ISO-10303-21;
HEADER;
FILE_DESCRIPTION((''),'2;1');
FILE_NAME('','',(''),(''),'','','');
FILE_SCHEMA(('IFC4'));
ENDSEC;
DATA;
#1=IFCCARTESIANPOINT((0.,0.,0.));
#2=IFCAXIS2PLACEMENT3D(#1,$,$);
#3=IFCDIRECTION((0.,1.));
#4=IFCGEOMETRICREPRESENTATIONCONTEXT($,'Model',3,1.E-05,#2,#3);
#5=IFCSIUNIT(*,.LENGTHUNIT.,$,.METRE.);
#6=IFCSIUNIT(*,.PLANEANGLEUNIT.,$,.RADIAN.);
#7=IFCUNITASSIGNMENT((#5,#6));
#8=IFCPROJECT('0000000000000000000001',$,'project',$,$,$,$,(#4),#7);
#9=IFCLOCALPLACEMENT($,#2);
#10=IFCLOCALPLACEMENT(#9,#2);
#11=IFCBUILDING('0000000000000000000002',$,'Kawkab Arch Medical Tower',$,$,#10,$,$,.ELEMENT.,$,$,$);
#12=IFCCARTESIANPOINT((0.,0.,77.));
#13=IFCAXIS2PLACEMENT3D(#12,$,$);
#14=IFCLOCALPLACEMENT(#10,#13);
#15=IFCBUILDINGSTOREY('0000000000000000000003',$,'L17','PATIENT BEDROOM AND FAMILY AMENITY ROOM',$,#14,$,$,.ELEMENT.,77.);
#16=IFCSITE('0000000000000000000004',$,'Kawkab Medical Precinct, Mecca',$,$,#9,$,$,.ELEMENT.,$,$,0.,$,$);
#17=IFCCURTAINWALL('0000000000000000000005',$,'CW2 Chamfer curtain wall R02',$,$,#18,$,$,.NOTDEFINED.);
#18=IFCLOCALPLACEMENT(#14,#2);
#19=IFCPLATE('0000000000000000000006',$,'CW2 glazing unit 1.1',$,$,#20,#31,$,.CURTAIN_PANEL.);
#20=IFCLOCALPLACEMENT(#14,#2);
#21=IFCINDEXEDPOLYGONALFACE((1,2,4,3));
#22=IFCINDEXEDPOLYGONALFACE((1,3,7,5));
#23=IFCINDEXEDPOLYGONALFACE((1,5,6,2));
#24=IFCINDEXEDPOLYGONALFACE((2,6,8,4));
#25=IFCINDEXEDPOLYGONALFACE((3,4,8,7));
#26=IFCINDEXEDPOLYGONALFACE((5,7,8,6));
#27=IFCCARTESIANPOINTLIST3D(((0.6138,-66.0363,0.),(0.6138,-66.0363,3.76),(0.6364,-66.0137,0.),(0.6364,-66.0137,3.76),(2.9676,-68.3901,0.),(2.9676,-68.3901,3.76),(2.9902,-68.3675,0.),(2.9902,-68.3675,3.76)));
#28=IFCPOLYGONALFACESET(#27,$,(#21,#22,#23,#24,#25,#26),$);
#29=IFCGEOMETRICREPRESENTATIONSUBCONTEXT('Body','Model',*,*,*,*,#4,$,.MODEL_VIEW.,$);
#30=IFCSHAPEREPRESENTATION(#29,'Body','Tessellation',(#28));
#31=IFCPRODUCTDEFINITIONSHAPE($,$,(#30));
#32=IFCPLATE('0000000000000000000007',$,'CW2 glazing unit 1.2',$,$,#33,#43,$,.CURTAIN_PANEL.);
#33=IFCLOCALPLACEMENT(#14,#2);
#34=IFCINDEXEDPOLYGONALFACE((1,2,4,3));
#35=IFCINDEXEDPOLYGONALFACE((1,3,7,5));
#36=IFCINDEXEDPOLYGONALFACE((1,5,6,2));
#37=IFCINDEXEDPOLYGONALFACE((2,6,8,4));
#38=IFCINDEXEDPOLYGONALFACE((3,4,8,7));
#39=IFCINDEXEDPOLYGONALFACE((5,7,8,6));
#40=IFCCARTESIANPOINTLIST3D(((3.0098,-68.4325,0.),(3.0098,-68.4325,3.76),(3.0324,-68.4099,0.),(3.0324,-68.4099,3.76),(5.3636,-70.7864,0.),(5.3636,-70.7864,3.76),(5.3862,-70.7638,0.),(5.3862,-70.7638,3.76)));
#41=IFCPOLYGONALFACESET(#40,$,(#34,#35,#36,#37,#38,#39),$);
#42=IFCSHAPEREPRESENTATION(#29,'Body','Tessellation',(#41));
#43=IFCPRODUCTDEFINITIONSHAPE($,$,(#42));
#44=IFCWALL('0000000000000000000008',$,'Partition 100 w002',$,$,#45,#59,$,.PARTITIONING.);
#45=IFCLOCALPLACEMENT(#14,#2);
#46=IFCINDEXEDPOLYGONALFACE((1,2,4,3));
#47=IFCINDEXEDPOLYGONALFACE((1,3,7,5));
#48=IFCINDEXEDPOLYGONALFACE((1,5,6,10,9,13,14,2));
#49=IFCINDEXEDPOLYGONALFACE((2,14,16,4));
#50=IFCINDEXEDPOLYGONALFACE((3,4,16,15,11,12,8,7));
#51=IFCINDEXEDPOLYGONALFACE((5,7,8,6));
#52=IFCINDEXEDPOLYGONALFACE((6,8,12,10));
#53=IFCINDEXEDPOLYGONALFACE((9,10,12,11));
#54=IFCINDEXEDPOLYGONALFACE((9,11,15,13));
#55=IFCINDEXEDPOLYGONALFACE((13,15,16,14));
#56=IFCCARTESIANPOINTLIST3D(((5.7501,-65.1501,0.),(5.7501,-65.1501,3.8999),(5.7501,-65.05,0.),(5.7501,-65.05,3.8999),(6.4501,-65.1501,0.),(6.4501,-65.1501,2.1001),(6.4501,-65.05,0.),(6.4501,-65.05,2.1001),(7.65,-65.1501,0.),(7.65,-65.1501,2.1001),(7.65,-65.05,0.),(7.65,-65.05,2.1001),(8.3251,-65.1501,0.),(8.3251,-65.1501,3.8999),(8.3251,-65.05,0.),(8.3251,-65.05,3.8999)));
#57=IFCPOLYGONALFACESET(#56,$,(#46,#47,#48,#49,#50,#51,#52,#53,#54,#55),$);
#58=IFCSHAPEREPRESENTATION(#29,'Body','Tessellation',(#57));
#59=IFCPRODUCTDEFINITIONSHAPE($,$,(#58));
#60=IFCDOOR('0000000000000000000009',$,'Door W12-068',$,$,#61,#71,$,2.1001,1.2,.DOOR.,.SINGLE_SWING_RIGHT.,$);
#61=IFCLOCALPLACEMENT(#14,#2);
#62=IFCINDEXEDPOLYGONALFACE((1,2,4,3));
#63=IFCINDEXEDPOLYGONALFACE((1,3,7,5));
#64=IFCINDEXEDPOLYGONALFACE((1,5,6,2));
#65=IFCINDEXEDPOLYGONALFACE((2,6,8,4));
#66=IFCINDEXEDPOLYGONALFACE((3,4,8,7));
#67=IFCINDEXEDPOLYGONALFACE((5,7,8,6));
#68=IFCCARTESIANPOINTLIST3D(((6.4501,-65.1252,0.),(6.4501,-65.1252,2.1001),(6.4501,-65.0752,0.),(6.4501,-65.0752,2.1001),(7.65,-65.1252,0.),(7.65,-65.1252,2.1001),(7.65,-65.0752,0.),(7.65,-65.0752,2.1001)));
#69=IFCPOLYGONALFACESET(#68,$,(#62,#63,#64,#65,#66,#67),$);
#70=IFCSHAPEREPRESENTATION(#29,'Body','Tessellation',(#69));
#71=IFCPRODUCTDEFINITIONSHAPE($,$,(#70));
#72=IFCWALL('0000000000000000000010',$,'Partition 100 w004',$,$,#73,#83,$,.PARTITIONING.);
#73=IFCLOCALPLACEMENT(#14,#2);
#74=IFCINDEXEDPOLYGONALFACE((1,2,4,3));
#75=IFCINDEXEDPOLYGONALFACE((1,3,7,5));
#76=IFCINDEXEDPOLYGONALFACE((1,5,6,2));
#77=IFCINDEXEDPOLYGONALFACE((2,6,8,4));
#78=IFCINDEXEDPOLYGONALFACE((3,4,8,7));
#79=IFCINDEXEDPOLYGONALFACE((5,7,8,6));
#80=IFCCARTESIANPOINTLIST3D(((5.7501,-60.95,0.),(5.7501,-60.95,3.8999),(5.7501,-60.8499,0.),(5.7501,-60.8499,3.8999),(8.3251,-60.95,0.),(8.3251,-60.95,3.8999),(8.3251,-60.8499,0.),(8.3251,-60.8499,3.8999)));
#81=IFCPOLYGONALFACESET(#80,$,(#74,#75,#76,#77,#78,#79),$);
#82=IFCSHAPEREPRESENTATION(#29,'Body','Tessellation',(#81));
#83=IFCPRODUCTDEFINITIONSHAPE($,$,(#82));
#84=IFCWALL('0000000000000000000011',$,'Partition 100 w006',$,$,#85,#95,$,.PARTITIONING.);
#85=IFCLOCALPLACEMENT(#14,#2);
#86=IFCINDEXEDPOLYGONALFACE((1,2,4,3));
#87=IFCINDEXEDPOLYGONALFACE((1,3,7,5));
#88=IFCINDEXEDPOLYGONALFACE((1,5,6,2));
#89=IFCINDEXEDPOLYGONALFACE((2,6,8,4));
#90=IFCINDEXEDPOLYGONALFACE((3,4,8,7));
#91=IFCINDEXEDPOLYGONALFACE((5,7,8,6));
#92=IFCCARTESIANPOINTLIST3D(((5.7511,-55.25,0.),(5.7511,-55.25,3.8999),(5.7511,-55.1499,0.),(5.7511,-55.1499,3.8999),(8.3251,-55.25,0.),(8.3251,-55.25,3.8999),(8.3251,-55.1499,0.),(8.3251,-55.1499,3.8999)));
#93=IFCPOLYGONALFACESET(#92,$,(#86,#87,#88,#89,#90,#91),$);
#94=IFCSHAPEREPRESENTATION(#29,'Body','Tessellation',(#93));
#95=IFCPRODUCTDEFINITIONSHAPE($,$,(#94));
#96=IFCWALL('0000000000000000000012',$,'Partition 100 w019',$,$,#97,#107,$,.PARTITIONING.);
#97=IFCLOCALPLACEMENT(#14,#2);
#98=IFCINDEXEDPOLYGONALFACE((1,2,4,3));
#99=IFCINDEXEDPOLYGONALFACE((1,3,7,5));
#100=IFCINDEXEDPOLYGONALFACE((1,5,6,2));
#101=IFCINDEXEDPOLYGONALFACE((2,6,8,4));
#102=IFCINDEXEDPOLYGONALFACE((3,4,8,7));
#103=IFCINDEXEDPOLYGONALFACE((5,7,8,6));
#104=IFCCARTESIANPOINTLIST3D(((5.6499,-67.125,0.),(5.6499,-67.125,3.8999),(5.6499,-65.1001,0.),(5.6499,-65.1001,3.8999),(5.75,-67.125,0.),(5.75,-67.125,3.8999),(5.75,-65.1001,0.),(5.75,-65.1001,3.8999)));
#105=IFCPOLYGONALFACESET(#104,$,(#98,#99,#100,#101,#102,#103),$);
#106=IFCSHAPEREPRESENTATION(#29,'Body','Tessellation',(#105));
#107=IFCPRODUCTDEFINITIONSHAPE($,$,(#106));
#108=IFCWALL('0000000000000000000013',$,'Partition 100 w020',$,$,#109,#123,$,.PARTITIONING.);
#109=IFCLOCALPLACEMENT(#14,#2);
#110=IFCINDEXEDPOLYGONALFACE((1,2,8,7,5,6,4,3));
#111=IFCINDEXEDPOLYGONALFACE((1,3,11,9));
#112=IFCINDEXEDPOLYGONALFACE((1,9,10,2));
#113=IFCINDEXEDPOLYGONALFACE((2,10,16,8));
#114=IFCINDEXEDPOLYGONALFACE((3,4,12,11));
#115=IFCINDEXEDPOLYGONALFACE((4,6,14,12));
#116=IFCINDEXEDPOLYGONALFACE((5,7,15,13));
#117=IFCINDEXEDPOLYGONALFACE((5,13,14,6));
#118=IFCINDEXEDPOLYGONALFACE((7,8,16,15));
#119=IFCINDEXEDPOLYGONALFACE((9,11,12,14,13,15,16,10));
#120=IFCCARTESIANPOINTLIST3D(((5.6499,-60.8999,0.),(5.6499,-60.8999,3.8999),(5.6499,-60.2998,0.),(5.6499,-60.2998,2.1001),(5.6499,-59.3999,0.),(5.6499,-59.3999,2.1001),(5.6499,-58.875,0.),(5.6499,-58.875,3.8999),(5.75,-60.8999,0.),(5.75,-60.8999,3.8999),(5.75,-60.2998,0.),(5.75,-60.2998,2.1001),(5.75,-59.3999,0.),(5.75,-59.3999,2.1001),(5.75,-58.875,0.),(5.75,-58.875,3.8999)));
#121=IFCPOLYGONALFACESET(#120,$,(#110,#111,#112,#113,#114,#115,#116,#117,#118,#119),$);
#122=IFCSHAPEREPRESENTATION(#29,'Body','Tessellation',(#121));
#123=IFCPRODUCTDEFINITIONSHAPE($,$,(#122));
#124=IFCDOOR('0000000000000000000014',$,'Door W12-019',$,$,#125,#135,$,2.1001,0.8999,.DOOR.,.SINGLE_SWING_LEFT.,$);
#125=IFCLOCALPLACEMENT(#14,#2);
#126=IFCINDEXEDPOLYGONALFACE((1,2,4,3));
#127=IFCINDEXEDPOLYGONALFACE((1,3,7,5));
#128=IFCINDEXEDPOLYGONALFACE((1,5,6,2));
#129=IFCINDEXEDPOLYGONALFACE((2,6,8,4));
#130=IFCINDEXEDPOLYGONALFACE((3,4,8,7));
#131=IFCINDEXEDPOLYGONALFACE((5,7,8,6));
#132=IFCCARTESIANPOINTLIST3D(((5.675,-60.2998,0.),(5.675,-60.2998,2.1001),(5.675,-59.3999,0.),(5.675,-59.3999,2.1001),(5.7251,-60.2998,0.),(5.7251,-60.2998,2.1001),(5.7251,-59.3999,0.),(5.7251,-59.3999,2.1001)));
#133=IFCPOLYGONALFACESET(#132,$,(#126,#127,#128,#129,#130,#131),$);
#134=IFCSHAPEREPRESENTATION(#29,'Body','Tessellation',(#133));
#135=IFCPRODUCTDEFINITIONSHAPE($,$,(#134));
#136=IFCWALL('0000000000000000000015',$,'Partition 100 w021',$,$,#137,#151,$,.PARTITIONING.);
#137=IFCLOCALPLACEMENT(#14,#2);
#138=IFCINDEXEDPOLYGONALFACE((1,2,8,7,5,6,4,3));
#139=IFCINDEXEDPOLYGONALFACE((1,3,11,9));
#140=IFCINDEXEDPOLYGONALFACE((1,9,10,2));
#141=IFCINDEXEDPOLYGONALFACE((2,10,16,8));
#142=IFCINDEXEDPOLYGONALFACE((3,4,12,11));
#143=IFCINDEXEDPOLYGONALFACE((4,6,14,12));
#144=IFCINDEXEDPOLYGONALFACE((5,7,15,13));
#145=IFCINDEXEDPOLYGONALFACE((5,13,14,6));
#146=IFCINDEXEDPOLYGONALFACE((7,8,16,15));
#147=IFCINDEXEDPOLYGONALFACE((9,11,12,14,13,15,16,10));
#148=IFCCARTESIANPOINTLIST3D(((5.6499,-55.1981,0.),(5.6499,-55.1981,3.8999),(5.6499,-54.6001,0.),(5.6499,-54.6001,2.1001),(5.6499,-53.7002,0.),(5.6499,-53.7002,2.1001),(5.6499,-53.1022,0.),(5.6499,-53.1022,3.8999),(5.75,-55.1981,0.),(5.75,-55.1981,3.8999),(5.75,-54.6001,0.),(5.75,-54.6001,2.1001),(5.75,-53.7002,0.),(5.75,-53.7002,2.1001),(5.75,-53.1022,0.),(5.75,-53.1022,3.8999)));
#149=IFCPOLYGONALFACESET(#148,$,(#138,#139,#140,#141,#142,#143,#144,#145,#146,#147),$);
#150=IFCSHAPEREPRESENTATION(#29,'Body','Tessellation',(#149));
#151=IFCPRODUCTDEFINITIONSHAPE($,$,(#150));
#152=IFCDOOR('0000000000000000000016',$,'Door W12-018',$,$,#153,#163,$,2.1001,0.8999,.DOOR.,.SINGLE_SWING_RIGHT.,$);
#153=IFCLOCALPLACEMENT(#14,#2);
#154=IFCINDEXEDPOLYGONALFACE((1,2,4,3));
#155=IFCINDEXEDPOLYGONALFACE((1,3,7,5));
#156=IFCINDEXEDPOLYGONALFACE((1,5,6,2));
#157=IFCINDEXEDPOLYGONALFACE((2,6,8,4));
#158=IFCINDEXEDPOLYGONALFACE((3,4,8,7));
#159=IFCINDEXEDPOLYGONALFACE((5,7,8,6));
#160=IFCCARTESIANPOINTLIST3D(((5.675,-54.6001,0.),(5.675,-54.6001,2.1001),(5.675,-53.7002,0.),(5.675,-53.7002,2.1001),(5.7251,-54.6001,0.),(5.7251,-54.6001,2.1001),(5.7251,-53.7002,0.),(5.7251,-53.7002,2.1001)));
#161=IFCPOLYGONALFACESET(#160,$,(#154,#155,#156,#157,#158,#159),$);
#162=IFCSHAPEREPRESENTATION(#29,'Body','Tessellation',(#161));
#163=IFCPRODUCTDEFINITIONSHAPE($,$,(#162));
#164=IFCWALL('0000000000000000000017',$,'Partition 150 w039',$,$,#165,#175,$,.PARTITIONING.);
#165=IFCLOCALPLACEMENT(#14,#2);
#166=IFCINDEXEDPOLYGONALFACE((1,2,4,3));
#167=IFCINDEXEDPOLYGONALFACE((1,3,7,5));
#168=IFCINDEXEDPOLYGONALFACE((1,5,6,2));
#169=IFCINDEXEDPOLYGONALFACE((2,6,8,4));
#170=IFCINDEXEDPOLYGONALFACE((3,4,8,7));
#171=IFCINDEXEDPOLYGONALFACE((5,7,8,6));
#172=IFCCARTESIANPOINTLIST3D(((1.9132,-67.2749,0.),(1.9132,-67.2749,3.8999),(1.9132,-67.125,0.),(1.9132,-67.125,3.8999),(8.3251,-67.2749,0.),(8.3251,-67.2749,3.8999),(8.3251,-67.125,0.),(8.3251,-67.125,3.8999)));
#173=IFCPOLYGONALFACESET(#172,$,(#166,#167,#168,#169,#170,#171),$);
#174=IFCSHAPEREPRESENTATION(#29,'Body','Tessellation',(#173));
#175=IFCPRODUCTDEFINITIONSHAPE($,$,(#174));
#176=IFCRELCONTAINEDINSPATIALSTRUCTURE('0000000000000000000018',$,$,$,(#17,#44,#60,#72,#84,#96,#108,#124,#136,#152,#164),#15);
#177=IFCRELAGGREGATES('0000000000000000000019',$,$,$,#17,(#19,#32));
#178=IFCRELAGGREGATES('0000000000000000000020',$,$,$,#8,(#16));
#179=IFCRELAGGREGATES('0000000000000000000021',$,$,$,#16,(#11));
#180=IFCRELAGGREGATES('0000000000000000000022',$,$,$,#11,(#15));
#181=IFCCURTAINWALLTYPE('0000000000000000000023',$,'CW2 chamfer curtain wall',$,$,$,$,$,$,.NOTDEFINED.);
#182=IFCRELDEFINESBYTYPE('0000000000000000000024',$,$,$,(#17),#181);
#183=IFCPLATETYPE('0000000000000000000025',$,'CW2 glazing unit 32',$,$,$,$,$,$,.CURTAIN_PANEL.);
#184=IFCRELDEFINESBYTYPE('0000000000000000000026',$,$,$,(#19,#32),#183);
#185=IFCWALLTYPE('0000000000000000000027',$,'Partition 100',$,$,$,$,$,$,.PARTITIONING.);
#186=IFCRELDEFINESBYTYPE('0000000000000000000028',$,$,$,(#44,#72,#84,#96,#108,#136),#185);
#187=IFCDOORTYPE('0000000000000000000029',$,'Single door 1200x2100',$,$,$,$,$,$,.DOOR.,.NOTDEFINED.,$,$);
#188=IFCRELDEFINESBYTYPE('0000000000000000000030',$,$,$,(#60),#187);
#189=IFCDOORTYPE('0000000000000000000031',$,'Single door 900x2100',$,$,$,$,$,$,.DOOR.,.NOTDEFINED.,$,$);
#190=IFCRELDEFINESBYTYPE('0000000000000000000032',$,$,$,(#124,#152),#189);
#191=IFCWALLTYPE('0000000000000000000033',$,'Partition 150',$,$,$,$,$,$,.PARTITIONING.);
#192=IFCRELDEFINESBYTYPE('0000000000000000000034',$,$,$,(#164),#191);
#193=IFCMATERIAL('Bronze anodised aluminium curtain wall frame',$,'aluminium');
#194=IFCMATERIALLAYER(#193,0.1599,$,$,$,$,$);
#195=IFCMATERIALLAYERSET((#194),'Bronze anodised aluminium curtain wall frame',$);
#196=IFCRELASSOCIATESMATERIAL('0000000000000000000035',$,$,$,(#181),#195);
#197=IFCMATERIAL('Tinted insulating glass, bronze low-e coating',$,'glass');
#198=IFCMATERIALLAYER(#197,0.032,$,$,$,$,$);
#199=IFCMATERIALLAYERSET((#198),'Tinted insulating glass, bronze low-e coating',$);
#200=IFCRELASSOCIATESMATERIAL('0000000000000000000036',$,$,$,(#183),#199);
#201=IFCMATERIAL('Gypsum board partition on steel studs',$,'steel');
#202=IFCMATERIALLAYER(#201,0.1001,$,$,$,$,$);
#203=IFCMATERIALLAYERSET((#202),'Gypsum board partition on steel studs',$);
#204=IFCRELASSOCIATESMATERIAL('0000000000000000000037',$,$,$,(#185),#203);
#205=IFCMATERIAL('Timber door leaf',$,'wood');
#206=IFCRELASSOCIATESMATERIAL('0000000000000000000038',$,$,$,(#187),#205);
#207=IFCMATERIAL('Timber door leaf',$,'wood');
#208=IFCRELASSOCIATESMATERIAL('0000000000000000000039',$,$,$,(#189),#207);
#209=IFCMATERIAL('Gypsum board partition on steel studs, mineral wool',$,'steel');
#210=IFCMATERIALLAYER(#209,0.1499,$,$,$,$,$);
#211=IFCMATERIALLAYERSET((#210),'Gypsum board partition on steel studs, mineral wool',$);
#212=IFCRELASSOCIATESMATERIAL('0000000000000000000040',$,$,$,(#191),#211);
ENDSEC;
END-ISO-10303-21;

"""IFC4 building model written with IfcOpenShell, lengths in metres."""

from ifc_helpers import new_model, si_unit, direction, frame, frame_2d, origin, origin_2d, place, context, subcontext, project, spatial, rectangle, extrude, material, layer, layer_set, type_object, element, fill, aggregate, save


model = new_model("IFC4")

# Units and contexts
model_context = context("Model", 3, precision=1e-05, world=origin(), true_north=direction((0.0, 1.0)))
body_context = subcontext(model_context, "Body", "Model", "MODEL_VIEW")
ifc_project = project(units=[si_unit("LENGTHUNIT", "METRE"), si_unit("PLANEANGLEUNIT", "RADIAN")], contexts=[model_context])

# Site, building, storey
site_placement = place(None, origin())
site = spatial("IfcSite", under=ifc_project, at=site_placement, Name="Kawkab Medical Precinct, Mecca", CompositionType="ELEMENT", RefElevation=0.0)
building_placement = place(site_placement, origin())
building = spatial("IfcBuilding", under=site, at=building_placement, Name="Kawkab Arch Medical Tower", CompositionType="ELEMENT")
storey_placement = place(building_placement, frame((0.0, 0.0, 77.0)))
storey = spatial("IfcBuildingStorey", under=building, at=storey_placement, Name="L17", Description="PATIENT BEDROOM AND FAMILY AMENITY ROOM", CompositionType="ELEMENT", Elevation=77.0)

# Shared definitions
placement = place(storey_placement, origin())

# Curtain wall
ifc_material_1 = material(Name="Bronze anodised aluminium curtain wall frame", Category="aluminium")
ifc_layer_1 = layer(ifc_material_1, 0.1599)
ifc_layer_set_1 = layer_set([ifc_layer_1], Name="Bronze anodised aluminium curtain wall frame")
curtain_wall_type_1 = type_object("IfcCurtainWallType", Name="CW2 chamfer curtain wall", PredefinedType="NOTDEFINED", material=ifc_layer_set_1)
curtain_wall_1 = element("IfcCurtainWall", 1, at=placement, inside=storey, type_object=curtain_wall_type_1, Name="CW2 Chamfer curtain wall R02", PredefinedType="NOTDEFINED")

# Plates
ifc_material_2 = material(Name="Tinted insulating glass, bronze low-e coating", Category="glass")
ifc_layer_2 = layer(ifc_material_2, 0.032)
ifc_layer_set_2 = layer_set([ifc_layer_2], Name="Tinted insulating glass, bronze low-e coating")
plate_type_1 = type_object("IfcPlateType", Name="CW2 glazing unit 32", PredefinedType="CURTAIN_PANEL", material=ifc_layer_set_2)
plate_1_placement = place(storey_placement, frame((1.802, -67.2019, 0.0), z_axis=(0.0, 0.0, 1.0), x_axis=(0.707107, -0.707107, 0.0)))
plate_1 = element("IfcPlate", 2, at=plate_1_placement, type_object=plate_type_1, Name="CW2 glazing unit 1.1", PredefinedType="CURTAIN_PANEL", context=body_context, shape_type="SweptSolid", body=[
    extrude(rectangle(XDim=3.3289, YDim=0.032, at=origin_2d()), origin(), (0.0, 0.0, 1.0), 3.76),
])
plate_2_placement = place(storey_placement, frame((4.198, -69.5981, 0.0), z_axis=(0.0, 0.0, 1.0), x_axis=(0.707107, -0.707107, 0.0)))
plate_2 = element("IfcPlate", 3, at=plate_2_placement, type_object=plate_type_1, Name="CW2 glazing unit 1.2", PredefinedType="CURTAIN_PANEL", context=body_context, shape_type="SweptSolid", body=[
    extrude(rectangle(XDim=3.3289, YDim=0.032, at=origin_2d()), origin(), (0.0, 0.0, 1.0), 3.76),
])
aggregate(curtain_wall_1, [plate_1, plate_2])

# Wall, opening, door
ifc_material_3 = material(Name="Gypsum board partition on steel studs", Category="steel")
ifc_layer_3 = layer(ifc_material_3, 0.1001)
ifc_layer_set_3 = layer_set([ifc_layer_3], Name="Gypsum board partition on steel studs")
wall_type_1 = type_object("IfcWallType", Name="Partition 100", PredefinedType="PARTITIONING", material=ifc_layer_set_3)
wall_1_placement = place(storey_placement, frame((5.75, -65.1001, 0.0), z_axis=(0.0, 0.0, 1.0), x_axis=(1.0, 0.0, 0.0)))
wall_1 = element("IfcWall", 4, at=wall_1_placement, inside=storey, type_object=wall_type_1, Name="Partition 100 w002", PredefinedType="PARTITIONING", context=body_context, shape_type="SweptSolid", body=[
    extrude(rectangle(XDim=2.575, YDim=0.1001, at=frame_2d((1.2876, 0.0))), origin(), (0.0, 0.0, 1.0), 3.8999),
])
opening_1_placement = place(wall_1_placement, frame((0.7, 0.0, 0.0)))
opening_1 = element("IfcOpeningElement", 5, at=opening_1_placement, cuts=wall_1, PredefinedType="OPENING", context=body_context, shape_type="SweptSolid", body=[
    extrude(rectangle(XDim=1.2, YDim=2.1001, at=frame_2d((0.6001, 1.05))), frame((0.0, 0.0601, 0.0), z_axis=(0.0, -1.0, 0.0), x_axis=(1.0, 0.0, 0.0)), (0.0, 0.0, 1.0), 0.1201),
])
ifc_material_4 = material(Name="Timber door leaf", Category="wood")
door_type_1 = type_object("IfcDoorType", Name="Single door 1200x2100", OperationType="NOTDEFINED", PredefinedType="DOOR", material=ifc_material_4)
door_1_placement = place(opening_1_placement, origin())
door_1 = element("IfcDoor", 6, at=door_1_placement, inside=storey, type_object=door_type_1, Name="Door W12-068", OperationType="SINGLE_SWING_RIGHT", OverallHeight=2.1001, OverallWidth=1.2, PredefinedType="DOOR", context=body_context, shape_type="SweptSolid", body=[
    extrude(rectangle(XDim=1.2, YDim=2.1001, at=frame_2d((0.6001, 1.05))), frame((0.0, 0.0249, 0.0), z_axis=(0.0, -1.0, 0.0), x_axis=(1.0, 0.0, 0.0)), (0.0, 0.0, 1.0), 0.05),
])
fill(opening_1, door_1)

# Walls
wall_2_placement = place(storey_placement, frame((5.75, -60.8999, 0.0), z_axis=(0.0, 0.0, 1.0), x_axis=(1.0, 0.0, 0.0)))
element("IfcWall", 7, at=wall_2_placement, inside=storey, type_object=wall_type_1, Name="Partition 100 w004", PredefinedType="PARTITIONING", context=body_context, shape_type="SweptSolid", body=[
    extrude(rectangle(XDim=2.575, YDim=0.1001, at=frame_2d((1.2876, 0.0))), origin(), (0.0, 0.0, 1.0), 3.8999),
])
wall_3_placement = place(storey_placement, frame((5.751, -55.2, 0.0), z_axis=(0.0, 0.0, 1.0), x_axis=(1.0, 0.0, 0.0)))
element("IfcWall", 8, at=wall_3_placement, inside=storey, type_object=wall_type_1, Name="Partition 100 w006", PredefinedType="PARTITIONING", context=body_context, shape_type="SweptSolid", body=[
    extrude(rectangle(XDim=2.574, YDim=0.1001, at=frame_2d((1.2871, 0.0))), origin(), (0.0, 0.0, 1.0), 3.8999),
])
wall_4_placement = place(storey_placement, frame((5.7, -67.125, 0.0), z_axis=(0.0, 0.0, 1.0), x_axis=(0.0, 1.0, 0.0)))
element("IfcWall", 9, at=wall_4_placement, inside=storey, type_object=wall_type_1, Name="Partition 100 w019", PredefinedType="PARTITIONING", context=body_context, shape_type="SweptSolid", body=[
    extrude(rectangle(XDim=2.0249, YDim=0.1001, at=frame_2d((1.0125, 0.0))), origin(), (0.0, 0.0, 1.0), 3.8999),
])

# Walls, openings, doors
wall_5_placement = place(storey_placement, frame((5.7, -60.8999, 0.0), z_axis=(0.0, 0.0, 1.0), x_axis=(0.0, 1.0, 0.0)))
wall_5 = element("IfcWall", 10, at=wall_5_placement, inside=storey, type_object=wall_type_1, Name="Partition 100 w020", PredefinedType="PARTITIONING", context=body_context, shape_type="SweptSolid", body=[
    extrude(rectangle(XDim=2.0249, YDim=0.1001, at=frame_2d((1.0125, 0.0))), origin(), (0.0, 0.0, 1.0), 3.8999),
])
opening_2_placement = place(wall_5_placement, frame((0.6001, 0.0, 0.0)))
opening_2 = element("IfcOpeningElement", 11, at=opening_2_placement, cuts=wall_5, PredefinedType="OPENING", context=body_context, shape_type="SweptSolid", body=[
    extrude(rectangle(XDim=0.8999, YDim=2.1001, at=frame_2d((0.45, 1.05))), frame((0.0, 0.0601, 0.0), z_axis=(0.0, -1.0, 0.0), x_axis=(1.0, 0.0, 0.0)), (0.0, 0.0, 1.0), 0.1201),
])
ifc_material_5 = material(Name="Timber door leaf", Category="wood")
door_type_2 = type_object("IfcDoorType", Name="Single door 900x2100", OperationType="NOTDEFINED", PredefinedType="DOOR", material=ifc_material_5)
door_2_placement = place(opening_2_placement, origin())
door_2 = element("IfcDoor", 12, at=door_2_placement, inside=storey, type_object=door_type_2, Name="Door W12-019", OperationType="SINGLE_SWING_LEFT", OverallHeight=2.1001, OverallWidth=0.8999, PredefinedType="DOOR", context=body_context, shape_type="SweptSolid", body=[
    extrude(rectangle(XDim=0.8999, YDim=2.1001, at=frame_2d((0.45, 1.05))), frame((0.0, 0.0249, 0.0), z_axis=(0.0, -1.0, 0.0), x_axis=(1.0, 0.0, 0.0)), (0.0, 0.0, 1.0), 0.05),
])
fill(opening_2, door_2)
wall_6_placement = place(storey_placement, frame((5.7, -55.198, 0.0), z_axis=(0.0, 0.0, 1.0), x_axis=(0.0, 1.0, 0.0)))
wall_6 = element("IfcWall", 13, at=wall_6_placement, inside=storey, type_object=wall_type_1, Name="Partition 100 w021", PredefinedType="PARTITIONING", context=body_context, shape_type="SweptSolid", body=[
    extrude(rectangle(XDim=2.0959, YDim=0.1001, at=frame_2d((1.0479, 0.0))), origin(), (0.0, 0.0, 1.0), 3.8999),
])
opening_3_placement = place(wall_6_placement, frame((0.5979, 0.0, 0.0)))
opening_3 = element("IfcOpeningElement", 14, at=opening_3_placement, cuts=wall_6, PredefinedType="OPENING", context=body_context, shape_type="SweptSolid", body=[
    extrude(rectangle(XDim=0.8999, YDim=2.1001, at=frame_2d((0.45, 1.05))), frame((0.0, 0.0601, 0.0), z_axis=(0.0, -1.0, 0.0), x_axis=(1.0, 0.0, 0.0)), (0.0, 0.0, 1.0), 0.1201),
])
door_3_placement = place(opening_3_placement, origin())
door_3 = element("IfcDoor", 15, at=door_3_placement, inside=storey, type_object=door_type_2, Name="Door W12-018", OperationType="SINGLE_SWING_RIGHT", OverallHeight=2.1001, OverallWidth=0.8999, PredefinedType="DOOR", context=body_context, shape_type="SweptSolid", body=[
    extrude(rectangle(XDim=0.8999, YDim=2.1001, at=frame_2d((0.45, 1.05))), frame((0.0, 0.0249, 0.0), z_axis=(0.0, -1.0, 0.0), x_axis=(1.0, 0.0, 0.0)), (0.0, 0.0, 1.0), 0.05),
])
fill(opening_3, door_3)

# Wall
ifc_material_6 = material(Name="Gypsum board partition on steel studs, mineral wool", Category="steel")
ifc_layer_4 = layer(ifc_material_6, 0.1499)
ifc_layer_set_4 = layer_set([ifc_layer_4], Name="Gypsum board partition on steel studs, mineral wool")
wall_type_2 = type_object("IfcWallType", Name="Partition 150", PredefinedType="PARTITIONING", material=ifc_layer_set_4)
wall_7_placement = place(storey_placement, frame((1.9131, -67.2, 0.0), z_axis=(0.0, 0.0, 1.0), x_axis=(1.0, 0.0, 0.0)))
element("IfcWall", 16, at=wall_7_placement, inside=storey, type_object=wall_type_2, Name="Partition 150 w039", PredefinedType="PARTITIONING", context=body_context, shape_type="SweptSolid", body=[
    extrude(rectangle(XDim=6.4119, YDim=0.1499, at=frame_2d((3.2061, 0.0))), origin(), (0.0, 0.0, 1.0), 3.8999),
])

save(model, "model.ifc")
